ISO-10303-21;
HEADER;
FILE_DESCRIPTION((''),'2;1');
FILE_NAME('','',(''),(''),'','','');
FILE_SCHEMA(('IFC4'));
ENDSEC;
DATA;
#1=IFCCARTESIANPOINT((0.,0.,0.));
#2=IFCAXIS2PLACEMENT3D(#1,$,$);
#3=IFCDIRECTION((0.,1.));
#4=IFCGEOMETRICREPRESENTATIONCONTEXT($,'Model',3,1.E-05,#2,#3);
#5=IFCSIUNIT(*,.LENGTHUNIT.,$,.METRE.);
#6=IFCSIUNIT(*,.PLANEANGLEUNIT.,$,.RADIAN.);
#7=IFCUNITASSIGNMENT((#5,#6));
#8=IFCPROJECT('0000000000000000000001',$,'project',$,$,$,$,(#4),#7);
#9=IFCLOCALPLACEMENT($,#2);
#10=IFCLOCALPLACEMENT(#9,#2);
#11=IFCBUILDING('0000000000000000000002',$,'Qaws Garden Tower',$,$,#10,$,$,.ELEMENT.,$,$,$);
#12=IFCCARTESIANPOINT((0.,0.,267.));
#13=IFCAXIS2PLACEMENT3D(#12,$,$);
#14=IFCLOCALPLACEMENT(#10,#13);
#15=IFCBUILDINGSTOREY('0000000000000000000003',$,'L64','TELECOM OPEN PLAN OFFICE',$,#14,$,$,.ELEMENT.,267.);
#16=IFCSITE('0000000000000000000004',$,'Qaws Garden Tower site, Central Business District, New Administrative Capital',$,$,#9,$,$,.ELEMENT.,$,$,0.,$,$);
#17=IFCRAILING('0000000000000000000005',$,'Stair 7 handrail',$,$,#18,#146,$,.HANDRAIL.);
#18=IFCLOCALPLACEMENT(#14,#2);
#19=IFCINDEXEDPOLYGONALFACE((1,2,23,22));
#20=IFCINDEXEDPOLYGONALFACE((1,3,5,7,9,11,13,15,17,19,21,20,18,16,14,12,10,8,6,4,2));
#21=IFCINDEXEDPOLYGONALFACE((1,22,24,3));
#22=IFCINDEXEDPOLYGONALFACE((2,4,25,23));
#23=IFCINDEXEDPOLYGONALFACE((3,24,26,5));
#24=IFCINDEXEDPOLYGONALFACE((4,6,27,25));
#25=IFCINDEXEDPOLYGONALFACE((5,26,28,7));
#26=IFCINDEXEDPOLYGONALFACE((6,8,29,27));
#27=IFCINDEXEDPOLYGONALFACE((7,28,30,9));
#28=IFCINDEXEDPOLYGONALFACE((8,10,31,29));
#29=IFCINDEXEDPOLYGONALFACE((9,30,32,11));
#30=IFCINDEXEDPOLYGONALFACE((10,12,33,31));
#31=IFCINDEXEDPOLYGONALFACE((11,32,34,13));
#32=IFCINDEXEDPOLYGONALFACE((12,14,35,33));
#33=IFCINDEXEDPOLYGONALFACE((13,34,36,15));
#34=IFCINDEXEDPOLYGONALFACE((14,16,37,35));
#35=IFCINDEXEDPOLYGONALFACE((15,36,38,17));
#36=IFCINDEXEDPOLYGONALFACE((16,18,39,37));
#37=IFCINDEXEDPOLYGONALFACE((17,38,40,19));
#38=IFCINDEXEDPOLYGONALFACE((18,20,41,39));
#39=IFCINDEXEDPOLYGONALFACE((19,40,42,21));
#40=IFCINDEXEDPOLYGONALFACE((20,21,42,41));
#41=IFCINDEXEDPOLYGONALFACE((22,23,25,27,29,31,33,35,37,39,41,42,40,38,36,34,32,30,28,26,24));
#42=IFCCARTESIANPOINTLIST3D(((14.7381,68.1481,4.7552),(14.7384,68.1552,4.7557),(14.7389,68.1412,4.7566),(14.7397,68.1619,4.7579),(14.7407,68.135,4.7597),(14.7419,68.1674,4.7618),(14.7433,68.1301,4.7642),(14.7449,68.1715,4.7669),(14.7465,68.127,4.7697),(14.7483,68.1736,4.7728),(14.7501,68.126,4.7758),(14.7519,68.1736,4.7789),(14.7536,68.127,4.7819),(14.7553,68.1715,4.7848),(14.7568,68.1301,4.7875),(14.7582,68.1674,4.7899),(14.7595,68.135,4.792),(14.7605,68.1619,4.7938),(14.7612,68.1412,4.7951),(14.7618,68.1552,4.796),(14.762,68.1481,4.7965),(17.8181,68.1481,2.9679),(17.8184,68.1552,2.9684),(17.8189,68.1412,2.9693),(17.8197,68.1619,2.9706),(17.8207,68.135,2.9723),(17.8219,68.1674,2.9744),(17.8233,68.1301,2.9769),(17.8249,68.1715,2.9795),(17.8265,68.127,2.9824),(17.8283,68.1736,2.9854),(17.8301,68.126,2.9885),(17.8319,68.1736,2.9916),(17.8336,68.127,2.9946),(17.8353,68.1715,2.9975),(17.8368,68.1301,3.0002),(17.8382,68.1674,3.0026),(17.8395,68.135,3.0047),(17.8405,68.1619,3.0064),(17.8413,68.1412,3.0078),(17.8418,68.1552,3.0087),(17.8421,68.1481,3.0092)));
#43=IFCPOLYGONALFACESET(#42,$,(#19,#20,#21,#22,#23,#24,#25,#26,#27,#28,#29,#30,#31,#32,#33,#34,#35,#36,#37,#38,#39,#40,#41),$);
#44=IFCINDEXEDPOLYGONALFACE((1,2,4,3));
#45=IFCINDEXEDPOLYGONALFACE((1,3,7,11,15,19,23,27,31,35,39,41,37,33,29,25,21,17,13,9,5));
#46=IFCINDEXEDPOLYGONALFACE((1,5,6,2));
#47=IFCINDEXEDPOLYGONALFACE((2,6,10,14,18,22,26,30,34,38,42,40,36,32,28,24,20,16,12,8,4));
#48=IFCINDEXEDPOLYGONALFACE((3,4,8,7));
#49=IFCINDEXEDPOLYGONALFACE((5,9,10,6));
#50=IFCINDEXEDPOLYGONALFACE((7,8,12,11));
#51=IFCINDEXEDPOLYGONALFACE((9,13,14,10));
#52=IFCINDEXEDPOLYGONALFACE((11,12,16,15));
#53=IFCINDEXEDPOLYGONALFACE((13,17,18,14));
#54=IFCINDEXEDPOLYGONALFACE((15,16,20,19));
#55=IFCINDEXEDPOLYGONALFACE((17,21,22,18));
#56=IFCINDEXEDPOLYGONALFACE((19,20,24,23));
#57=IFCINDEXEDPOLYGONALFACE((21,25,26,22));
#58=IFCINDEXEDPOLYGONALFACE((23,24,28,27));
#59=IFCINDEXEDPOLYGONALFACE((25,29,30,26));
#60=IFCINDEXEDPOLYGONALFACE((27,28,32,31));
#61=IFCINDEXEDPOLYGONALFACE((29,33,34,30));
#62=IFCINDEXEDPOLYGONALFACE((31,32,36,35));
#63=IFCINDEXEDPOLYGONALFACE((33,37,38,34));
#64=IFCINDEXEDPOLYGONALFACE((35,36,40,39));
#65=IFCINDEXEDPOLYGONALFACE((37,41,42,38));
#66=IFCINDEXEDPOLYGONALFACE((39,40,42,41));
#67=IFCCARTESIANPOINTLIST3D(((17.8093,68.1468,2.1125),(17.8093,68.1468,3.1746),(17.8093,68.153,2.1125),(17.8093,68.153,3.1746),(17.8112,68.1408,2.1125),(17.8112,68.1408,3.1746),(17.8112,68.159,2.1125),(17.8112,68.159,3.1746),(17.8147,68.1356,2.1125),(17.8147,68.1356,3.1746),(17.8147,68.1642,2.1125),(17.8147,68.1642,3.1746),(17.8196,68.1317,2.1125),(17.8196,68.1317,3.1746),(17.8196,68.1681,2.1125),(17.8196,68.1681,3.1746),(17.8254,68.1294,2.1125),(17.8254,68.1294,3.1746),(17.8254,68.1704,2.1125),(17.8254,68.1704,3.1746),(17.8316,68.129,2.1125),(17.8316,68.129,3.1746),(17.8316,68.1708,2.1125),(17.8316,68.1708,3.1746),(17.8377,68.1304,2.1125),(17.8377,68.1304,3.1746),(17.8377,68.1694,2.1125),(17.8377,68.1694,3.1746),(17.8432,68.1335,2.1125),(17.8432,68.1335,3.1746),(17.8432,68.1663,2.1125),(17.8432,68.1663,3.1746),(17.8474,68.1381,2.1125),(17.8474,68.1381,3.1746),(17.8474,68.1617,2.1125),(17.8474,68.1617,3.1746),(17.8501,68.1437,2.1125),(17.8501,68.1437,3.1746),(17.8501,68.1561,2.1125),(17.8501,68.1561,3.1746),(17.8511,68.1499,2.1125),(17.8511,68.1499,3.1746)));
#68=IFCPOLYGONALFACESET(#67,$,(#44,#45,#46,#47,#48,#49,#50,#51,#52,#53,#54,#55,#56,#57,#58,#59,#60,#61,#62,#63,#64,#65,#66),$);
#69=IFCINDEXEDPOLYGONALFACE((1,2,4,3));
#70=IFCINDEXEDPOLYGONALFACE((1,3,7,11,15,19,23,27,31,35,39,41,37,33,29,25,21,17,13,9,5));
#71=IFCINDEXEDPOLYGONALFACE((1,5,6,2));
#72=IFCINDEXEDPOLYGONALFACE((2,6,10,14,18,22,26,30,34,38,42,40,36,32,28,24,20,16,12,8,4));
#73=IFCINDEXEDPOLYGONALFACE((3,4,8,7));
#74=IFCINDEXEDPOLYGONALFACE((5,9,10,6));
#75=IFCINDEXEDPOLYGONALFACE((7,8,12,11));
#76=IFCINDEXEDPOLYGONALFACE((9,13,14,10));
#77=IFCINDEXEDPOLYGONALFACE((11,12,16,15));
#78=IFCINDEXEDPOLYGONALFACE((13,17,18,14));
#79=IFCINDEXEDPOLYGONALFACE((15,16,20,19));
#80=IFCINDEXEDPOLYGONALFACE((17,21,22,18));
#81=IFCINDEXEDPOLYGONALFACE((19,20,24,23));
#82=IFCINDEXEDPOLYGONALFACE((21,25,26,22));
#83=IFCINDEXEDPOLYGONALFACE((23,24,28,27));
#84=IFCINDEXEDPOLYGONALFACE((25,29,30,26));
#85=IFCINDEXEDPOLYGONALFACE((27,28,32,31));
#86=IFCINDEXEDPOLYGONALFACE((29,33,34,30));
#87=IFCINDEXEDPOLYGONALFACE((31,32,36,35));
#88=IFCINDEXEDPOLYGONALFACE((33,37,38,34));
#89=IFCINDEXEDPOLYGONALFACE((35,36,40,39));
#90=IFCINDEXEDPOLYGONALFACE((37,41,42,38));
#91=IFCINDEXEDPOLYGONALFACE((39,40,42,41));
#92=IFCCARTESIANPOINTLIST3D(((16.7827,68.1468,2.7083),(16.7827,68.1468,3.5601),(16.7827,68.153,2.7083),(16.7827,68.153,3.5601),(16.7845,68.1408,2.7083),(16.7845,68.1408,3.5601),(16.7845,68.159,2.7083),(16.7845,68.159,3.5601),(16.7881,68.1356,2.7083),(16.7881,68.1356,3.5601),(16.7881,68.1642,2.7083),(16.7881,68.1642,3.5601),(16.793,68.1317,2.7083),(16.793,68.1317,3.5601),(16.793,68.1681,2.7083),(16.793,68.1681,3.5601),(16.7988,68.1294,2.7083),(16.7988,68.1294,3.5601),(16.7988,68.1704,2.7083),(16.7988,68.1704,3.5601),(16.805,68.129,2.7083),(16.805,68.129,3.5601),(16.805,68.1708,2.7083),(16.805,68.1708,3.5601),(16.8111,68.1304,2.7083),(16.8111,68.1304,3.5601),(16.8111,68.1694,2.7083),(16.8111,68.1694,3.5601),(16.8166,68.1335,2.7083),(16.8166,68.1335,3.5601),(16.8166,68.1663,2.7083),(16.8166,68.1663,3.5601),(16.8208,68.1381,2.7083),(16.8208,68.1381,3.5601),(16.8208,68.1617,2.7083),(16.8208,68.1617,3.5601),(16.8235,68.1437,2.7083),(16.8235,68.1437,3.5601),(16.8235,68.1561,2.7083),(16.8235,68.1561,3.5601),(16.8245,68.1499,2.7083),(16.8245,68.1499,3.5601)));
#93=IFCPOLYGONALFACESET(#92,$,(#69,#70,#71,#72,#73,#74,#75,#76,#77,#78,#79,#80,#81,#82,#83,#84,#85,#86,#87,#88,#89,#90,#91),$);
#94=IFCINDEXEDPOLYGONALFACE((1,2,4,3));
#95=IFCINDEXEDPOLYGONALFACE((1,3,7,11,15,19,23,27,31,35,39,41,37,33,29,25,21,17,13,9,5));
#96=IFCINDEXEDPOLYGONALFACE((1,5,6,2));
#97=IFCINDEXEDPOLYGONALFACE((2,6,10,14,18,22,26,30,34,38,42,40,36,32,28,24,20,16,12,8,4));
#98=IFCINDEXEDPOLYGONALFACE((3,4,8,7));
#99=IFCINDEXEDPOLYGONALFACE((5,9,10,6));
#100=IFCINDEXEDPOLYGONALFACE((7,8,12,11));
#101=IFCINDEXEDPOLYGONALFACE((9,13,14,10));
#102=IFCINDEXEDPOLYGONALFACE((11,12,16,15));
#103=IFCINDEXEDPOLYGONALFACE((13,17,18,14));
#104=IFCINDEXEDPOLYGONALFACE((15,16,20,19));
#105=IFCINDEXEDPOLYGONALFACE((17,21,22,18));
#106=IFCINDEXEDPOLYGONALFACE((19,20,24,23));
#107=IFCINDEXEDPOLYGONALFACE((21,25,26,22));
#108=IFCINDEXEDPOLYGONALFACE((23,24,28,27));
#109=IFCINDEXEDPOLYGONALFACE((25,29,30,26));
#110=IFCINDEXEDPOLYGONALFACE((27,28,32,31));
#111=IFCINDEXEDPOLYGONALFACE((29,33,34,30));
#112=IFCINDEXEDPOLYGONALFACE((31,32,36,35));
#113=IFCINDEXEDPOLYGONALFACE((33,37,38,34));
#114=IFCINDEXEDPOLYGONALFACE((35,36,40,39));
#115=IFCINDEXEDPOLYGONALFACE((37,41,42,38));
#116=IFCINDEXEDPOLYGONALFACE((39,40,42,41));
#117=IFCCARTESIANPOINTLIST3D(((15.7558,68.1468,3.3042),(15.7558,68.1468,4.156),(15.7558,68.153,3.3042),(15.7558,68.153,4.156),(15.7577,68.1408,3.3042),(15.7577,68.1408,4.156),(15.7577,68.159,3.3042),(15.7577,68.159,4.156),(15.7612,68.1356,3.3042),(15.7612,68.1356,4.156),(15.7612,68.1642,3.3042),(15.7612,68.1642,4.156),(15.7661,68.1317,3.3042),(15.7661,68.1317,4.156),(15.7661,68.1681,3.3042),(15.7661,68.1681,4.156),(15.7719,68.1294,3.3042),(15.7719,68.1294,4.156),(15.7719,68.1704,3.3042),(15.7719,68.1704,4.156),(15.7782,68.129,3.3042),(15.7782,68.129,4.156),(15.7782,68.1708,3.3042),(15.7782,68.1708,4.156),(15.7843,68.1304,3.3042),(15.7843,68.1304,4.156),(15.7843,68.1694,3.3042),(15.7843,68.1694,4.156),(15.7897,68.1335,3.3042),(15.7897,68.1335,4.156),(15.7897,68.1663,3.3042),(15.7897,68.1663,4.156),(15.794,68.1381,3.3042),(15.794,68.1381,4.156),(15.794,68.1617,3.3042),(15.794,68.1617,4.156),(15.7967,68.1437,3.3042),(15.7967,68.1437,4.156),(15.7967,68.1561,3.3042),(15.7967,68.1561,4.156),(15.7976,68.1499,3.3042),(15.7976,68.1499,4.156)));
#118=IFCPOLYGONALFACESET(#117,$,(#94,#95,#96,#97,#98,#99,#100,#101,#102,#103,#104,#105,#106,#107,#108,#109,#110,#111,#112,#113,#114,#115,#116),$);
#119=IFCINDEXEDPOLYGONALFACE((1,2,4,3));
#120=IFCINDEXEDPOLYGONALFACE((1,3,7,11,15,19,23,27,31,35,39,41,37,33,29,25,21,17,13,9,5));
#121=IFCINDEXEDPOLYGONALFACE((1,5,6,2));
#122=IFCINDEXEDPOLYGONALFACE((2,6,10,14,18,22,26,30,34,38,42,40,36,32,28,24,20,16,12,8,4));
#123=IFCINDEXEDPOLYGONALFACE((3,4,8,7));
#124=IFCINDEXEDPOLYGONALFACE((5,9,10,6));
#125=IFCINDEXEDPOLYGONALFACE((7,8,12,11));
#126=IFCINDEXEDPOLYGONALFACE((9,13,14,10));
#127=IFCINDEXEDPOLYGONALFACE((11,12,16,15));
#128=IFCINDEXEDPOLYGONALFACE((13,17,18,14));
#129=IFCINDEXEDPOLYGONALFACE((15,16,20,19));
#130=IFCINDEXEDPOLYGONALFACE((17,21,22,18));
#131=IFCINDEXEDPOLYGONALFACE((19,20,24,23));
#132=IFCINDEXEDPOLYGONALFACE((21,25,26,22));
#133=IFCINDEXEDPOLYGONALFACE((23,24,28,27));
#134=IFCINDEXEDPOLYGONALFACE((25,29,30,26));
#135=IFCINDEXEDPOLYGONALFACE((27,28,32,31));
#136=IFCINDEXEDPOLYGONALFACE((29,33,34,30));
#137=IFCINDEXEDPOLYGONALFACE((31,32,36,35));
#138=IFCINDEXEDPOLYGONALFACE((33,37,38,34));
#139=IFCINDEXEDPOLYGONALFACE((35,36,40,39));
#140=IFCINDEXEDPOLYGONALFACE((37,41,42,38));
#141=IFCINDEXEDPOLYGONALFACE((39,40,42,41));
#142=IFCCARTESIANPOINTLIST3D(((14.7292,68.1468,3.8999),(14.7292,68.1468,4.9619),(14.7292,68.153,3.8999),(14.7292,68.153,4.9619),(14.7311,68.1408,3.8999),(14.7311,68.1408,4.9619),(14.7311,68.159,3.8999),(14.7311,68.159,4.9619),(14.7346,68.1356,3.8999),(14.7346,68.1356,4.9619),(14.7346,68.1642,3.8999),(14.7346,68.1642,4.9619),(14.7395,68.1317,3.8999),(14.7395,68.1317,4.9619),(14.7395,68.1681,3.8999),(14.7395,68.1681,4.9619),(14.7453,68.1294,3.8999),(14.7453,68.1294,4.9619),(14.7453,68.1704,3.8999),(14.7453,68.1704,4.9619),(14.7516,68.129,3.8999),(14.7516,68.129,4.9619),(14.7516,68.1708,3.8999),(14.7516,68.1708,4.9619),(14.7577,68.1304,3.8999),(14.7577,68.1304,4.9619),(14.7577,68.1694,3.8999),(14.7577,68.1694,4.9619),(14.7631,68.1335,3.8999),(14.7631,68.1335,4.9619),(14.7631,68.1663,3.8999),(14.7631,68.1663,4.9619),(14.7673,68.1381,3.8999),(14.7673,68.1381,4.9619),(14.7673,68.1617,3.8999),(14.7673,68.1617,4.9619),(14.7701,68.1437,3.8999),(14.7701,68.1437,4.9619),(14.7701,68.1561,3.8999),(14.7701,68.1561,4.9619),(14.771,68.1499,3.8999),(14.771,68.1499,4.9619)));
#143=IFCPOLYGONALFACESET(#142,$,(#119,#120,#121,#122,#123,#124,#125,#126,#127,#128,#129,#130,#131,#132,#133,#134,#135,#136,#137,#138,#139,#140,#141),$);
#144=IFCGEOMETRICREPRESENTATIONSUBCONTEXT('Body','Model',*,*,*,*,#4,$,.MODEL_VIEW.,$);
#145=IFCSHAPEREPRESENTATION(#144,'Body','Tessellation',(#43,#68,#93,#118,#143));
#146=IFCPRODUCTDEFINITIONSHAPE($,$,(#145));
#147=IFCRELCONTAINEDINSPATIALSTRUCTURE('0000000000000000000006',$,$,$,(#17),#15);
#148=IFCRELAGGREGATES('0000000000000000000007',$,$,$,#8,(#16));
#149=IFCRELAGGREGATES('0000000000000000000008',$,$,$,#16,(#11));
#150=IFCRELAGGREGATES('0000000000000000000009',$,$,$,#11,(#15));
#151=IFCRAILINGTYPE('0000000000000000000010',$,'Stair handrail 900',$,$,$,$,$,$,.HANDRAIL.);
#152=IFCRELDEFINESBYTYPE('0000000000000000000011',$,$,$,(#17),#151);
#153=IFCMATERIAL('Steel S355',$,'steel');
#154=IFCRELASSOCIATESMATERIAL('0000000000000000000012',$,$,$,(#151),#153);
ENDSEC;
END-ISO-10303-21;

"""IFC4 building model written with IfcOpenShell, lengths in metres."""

from ifc_helpers import new_model, si_unit, direction, frame, origin, origin_2d, place, context, subcontext, project, spatial, circle, extrude, material, type_object, element, save


model = new_model("IFC4")

# Units and contexts
model_context = context("Model", 3, precision=1e-05, world=origin(), true_north=direction((0.0, 1.0)))
body_context = subcontext(model_context, "Body", "Model", "MODEL_VIEW")
ifc_project = project(units=[si_unit("LENGTHUNIT", "METRE"), si_unit("PLANEANGLEUNIT", "RADIAN")], contexts=[model_context])

# Site, building, storey
site_placement = place(None, origin())
site = spatial("IfcSite", under=ifc_project, at=site_placement, Name="Qaws Garden Tower site, Central Business District, New Administrative Capital", CompositionType="ELEMENT", RefElevation=0.0)
building_placement = place(site_placement, origin())
building = spatial("IfcBuilding", under=site, at=building_placement, Name="Qaws Garden Tower", CompositionType="ELEMENT")
storey_placement = place(building_placement, frame((0.0, 0.0, 267.0)))
storey = spatial("IfcBuildingStorey", under=building, at=storey_placement, Name="L64", Description="TELECOM OPEN PLAN OFFICE", CompositionType="ELEMENT", Elevation=267.0)

# Railing
ifc_material_1 = material(Name="Steel S355", Category="steel")
railing_type = type_object("IfcRailingType", Name="Stair handrail 900", PredefinedType="HANDRAIL", material=ifc_material_1)
railing_1_placement = place(storey_placement, frame((17.8301, 68.1499, 2.1125)))
element("IfcRailing", 1, at=railing_1_placement, inside=storey, type_object=railing_type, Name="Stair 7 handrail", PredefinedType="HANDRAIL", context=body_context, shape_type="SweptSolid", body=[
    extrude(circle(Radius=0.0239, at=origin_2d()), frame((0.0, 0.0, 0.876), z_axis=(-0.86492, 0.0, 0.501909), x_axis=(0.0, -1.0, 0.0)), (0.0, 0.0, 1.0), 3.561),
    extrude(circle(Radius=0.021, at=origin_2d()), origin(), (0.0, 0.0, 1.0), 1.062),
    extrude(circle(Radius=0.021, at=origin_2d()), frame((-1.0266, 0.0, 0.5957)), (0.0, 0.0, 1.0), 0.8518),
    extrude(circle(Radius=0.021, at=origin_2d()), frame((-2.0535, 0.0, 1.1917)), (0.0, 0.0, 1.0), 0.8518),
    extrude(circle(Radius=0.021, at=origin_2d()), frame((-3.0801, 0.0, 1.7874)), (0.0, 0.0, 1.0), 1.062),
])

save(model, "model.ifc")
